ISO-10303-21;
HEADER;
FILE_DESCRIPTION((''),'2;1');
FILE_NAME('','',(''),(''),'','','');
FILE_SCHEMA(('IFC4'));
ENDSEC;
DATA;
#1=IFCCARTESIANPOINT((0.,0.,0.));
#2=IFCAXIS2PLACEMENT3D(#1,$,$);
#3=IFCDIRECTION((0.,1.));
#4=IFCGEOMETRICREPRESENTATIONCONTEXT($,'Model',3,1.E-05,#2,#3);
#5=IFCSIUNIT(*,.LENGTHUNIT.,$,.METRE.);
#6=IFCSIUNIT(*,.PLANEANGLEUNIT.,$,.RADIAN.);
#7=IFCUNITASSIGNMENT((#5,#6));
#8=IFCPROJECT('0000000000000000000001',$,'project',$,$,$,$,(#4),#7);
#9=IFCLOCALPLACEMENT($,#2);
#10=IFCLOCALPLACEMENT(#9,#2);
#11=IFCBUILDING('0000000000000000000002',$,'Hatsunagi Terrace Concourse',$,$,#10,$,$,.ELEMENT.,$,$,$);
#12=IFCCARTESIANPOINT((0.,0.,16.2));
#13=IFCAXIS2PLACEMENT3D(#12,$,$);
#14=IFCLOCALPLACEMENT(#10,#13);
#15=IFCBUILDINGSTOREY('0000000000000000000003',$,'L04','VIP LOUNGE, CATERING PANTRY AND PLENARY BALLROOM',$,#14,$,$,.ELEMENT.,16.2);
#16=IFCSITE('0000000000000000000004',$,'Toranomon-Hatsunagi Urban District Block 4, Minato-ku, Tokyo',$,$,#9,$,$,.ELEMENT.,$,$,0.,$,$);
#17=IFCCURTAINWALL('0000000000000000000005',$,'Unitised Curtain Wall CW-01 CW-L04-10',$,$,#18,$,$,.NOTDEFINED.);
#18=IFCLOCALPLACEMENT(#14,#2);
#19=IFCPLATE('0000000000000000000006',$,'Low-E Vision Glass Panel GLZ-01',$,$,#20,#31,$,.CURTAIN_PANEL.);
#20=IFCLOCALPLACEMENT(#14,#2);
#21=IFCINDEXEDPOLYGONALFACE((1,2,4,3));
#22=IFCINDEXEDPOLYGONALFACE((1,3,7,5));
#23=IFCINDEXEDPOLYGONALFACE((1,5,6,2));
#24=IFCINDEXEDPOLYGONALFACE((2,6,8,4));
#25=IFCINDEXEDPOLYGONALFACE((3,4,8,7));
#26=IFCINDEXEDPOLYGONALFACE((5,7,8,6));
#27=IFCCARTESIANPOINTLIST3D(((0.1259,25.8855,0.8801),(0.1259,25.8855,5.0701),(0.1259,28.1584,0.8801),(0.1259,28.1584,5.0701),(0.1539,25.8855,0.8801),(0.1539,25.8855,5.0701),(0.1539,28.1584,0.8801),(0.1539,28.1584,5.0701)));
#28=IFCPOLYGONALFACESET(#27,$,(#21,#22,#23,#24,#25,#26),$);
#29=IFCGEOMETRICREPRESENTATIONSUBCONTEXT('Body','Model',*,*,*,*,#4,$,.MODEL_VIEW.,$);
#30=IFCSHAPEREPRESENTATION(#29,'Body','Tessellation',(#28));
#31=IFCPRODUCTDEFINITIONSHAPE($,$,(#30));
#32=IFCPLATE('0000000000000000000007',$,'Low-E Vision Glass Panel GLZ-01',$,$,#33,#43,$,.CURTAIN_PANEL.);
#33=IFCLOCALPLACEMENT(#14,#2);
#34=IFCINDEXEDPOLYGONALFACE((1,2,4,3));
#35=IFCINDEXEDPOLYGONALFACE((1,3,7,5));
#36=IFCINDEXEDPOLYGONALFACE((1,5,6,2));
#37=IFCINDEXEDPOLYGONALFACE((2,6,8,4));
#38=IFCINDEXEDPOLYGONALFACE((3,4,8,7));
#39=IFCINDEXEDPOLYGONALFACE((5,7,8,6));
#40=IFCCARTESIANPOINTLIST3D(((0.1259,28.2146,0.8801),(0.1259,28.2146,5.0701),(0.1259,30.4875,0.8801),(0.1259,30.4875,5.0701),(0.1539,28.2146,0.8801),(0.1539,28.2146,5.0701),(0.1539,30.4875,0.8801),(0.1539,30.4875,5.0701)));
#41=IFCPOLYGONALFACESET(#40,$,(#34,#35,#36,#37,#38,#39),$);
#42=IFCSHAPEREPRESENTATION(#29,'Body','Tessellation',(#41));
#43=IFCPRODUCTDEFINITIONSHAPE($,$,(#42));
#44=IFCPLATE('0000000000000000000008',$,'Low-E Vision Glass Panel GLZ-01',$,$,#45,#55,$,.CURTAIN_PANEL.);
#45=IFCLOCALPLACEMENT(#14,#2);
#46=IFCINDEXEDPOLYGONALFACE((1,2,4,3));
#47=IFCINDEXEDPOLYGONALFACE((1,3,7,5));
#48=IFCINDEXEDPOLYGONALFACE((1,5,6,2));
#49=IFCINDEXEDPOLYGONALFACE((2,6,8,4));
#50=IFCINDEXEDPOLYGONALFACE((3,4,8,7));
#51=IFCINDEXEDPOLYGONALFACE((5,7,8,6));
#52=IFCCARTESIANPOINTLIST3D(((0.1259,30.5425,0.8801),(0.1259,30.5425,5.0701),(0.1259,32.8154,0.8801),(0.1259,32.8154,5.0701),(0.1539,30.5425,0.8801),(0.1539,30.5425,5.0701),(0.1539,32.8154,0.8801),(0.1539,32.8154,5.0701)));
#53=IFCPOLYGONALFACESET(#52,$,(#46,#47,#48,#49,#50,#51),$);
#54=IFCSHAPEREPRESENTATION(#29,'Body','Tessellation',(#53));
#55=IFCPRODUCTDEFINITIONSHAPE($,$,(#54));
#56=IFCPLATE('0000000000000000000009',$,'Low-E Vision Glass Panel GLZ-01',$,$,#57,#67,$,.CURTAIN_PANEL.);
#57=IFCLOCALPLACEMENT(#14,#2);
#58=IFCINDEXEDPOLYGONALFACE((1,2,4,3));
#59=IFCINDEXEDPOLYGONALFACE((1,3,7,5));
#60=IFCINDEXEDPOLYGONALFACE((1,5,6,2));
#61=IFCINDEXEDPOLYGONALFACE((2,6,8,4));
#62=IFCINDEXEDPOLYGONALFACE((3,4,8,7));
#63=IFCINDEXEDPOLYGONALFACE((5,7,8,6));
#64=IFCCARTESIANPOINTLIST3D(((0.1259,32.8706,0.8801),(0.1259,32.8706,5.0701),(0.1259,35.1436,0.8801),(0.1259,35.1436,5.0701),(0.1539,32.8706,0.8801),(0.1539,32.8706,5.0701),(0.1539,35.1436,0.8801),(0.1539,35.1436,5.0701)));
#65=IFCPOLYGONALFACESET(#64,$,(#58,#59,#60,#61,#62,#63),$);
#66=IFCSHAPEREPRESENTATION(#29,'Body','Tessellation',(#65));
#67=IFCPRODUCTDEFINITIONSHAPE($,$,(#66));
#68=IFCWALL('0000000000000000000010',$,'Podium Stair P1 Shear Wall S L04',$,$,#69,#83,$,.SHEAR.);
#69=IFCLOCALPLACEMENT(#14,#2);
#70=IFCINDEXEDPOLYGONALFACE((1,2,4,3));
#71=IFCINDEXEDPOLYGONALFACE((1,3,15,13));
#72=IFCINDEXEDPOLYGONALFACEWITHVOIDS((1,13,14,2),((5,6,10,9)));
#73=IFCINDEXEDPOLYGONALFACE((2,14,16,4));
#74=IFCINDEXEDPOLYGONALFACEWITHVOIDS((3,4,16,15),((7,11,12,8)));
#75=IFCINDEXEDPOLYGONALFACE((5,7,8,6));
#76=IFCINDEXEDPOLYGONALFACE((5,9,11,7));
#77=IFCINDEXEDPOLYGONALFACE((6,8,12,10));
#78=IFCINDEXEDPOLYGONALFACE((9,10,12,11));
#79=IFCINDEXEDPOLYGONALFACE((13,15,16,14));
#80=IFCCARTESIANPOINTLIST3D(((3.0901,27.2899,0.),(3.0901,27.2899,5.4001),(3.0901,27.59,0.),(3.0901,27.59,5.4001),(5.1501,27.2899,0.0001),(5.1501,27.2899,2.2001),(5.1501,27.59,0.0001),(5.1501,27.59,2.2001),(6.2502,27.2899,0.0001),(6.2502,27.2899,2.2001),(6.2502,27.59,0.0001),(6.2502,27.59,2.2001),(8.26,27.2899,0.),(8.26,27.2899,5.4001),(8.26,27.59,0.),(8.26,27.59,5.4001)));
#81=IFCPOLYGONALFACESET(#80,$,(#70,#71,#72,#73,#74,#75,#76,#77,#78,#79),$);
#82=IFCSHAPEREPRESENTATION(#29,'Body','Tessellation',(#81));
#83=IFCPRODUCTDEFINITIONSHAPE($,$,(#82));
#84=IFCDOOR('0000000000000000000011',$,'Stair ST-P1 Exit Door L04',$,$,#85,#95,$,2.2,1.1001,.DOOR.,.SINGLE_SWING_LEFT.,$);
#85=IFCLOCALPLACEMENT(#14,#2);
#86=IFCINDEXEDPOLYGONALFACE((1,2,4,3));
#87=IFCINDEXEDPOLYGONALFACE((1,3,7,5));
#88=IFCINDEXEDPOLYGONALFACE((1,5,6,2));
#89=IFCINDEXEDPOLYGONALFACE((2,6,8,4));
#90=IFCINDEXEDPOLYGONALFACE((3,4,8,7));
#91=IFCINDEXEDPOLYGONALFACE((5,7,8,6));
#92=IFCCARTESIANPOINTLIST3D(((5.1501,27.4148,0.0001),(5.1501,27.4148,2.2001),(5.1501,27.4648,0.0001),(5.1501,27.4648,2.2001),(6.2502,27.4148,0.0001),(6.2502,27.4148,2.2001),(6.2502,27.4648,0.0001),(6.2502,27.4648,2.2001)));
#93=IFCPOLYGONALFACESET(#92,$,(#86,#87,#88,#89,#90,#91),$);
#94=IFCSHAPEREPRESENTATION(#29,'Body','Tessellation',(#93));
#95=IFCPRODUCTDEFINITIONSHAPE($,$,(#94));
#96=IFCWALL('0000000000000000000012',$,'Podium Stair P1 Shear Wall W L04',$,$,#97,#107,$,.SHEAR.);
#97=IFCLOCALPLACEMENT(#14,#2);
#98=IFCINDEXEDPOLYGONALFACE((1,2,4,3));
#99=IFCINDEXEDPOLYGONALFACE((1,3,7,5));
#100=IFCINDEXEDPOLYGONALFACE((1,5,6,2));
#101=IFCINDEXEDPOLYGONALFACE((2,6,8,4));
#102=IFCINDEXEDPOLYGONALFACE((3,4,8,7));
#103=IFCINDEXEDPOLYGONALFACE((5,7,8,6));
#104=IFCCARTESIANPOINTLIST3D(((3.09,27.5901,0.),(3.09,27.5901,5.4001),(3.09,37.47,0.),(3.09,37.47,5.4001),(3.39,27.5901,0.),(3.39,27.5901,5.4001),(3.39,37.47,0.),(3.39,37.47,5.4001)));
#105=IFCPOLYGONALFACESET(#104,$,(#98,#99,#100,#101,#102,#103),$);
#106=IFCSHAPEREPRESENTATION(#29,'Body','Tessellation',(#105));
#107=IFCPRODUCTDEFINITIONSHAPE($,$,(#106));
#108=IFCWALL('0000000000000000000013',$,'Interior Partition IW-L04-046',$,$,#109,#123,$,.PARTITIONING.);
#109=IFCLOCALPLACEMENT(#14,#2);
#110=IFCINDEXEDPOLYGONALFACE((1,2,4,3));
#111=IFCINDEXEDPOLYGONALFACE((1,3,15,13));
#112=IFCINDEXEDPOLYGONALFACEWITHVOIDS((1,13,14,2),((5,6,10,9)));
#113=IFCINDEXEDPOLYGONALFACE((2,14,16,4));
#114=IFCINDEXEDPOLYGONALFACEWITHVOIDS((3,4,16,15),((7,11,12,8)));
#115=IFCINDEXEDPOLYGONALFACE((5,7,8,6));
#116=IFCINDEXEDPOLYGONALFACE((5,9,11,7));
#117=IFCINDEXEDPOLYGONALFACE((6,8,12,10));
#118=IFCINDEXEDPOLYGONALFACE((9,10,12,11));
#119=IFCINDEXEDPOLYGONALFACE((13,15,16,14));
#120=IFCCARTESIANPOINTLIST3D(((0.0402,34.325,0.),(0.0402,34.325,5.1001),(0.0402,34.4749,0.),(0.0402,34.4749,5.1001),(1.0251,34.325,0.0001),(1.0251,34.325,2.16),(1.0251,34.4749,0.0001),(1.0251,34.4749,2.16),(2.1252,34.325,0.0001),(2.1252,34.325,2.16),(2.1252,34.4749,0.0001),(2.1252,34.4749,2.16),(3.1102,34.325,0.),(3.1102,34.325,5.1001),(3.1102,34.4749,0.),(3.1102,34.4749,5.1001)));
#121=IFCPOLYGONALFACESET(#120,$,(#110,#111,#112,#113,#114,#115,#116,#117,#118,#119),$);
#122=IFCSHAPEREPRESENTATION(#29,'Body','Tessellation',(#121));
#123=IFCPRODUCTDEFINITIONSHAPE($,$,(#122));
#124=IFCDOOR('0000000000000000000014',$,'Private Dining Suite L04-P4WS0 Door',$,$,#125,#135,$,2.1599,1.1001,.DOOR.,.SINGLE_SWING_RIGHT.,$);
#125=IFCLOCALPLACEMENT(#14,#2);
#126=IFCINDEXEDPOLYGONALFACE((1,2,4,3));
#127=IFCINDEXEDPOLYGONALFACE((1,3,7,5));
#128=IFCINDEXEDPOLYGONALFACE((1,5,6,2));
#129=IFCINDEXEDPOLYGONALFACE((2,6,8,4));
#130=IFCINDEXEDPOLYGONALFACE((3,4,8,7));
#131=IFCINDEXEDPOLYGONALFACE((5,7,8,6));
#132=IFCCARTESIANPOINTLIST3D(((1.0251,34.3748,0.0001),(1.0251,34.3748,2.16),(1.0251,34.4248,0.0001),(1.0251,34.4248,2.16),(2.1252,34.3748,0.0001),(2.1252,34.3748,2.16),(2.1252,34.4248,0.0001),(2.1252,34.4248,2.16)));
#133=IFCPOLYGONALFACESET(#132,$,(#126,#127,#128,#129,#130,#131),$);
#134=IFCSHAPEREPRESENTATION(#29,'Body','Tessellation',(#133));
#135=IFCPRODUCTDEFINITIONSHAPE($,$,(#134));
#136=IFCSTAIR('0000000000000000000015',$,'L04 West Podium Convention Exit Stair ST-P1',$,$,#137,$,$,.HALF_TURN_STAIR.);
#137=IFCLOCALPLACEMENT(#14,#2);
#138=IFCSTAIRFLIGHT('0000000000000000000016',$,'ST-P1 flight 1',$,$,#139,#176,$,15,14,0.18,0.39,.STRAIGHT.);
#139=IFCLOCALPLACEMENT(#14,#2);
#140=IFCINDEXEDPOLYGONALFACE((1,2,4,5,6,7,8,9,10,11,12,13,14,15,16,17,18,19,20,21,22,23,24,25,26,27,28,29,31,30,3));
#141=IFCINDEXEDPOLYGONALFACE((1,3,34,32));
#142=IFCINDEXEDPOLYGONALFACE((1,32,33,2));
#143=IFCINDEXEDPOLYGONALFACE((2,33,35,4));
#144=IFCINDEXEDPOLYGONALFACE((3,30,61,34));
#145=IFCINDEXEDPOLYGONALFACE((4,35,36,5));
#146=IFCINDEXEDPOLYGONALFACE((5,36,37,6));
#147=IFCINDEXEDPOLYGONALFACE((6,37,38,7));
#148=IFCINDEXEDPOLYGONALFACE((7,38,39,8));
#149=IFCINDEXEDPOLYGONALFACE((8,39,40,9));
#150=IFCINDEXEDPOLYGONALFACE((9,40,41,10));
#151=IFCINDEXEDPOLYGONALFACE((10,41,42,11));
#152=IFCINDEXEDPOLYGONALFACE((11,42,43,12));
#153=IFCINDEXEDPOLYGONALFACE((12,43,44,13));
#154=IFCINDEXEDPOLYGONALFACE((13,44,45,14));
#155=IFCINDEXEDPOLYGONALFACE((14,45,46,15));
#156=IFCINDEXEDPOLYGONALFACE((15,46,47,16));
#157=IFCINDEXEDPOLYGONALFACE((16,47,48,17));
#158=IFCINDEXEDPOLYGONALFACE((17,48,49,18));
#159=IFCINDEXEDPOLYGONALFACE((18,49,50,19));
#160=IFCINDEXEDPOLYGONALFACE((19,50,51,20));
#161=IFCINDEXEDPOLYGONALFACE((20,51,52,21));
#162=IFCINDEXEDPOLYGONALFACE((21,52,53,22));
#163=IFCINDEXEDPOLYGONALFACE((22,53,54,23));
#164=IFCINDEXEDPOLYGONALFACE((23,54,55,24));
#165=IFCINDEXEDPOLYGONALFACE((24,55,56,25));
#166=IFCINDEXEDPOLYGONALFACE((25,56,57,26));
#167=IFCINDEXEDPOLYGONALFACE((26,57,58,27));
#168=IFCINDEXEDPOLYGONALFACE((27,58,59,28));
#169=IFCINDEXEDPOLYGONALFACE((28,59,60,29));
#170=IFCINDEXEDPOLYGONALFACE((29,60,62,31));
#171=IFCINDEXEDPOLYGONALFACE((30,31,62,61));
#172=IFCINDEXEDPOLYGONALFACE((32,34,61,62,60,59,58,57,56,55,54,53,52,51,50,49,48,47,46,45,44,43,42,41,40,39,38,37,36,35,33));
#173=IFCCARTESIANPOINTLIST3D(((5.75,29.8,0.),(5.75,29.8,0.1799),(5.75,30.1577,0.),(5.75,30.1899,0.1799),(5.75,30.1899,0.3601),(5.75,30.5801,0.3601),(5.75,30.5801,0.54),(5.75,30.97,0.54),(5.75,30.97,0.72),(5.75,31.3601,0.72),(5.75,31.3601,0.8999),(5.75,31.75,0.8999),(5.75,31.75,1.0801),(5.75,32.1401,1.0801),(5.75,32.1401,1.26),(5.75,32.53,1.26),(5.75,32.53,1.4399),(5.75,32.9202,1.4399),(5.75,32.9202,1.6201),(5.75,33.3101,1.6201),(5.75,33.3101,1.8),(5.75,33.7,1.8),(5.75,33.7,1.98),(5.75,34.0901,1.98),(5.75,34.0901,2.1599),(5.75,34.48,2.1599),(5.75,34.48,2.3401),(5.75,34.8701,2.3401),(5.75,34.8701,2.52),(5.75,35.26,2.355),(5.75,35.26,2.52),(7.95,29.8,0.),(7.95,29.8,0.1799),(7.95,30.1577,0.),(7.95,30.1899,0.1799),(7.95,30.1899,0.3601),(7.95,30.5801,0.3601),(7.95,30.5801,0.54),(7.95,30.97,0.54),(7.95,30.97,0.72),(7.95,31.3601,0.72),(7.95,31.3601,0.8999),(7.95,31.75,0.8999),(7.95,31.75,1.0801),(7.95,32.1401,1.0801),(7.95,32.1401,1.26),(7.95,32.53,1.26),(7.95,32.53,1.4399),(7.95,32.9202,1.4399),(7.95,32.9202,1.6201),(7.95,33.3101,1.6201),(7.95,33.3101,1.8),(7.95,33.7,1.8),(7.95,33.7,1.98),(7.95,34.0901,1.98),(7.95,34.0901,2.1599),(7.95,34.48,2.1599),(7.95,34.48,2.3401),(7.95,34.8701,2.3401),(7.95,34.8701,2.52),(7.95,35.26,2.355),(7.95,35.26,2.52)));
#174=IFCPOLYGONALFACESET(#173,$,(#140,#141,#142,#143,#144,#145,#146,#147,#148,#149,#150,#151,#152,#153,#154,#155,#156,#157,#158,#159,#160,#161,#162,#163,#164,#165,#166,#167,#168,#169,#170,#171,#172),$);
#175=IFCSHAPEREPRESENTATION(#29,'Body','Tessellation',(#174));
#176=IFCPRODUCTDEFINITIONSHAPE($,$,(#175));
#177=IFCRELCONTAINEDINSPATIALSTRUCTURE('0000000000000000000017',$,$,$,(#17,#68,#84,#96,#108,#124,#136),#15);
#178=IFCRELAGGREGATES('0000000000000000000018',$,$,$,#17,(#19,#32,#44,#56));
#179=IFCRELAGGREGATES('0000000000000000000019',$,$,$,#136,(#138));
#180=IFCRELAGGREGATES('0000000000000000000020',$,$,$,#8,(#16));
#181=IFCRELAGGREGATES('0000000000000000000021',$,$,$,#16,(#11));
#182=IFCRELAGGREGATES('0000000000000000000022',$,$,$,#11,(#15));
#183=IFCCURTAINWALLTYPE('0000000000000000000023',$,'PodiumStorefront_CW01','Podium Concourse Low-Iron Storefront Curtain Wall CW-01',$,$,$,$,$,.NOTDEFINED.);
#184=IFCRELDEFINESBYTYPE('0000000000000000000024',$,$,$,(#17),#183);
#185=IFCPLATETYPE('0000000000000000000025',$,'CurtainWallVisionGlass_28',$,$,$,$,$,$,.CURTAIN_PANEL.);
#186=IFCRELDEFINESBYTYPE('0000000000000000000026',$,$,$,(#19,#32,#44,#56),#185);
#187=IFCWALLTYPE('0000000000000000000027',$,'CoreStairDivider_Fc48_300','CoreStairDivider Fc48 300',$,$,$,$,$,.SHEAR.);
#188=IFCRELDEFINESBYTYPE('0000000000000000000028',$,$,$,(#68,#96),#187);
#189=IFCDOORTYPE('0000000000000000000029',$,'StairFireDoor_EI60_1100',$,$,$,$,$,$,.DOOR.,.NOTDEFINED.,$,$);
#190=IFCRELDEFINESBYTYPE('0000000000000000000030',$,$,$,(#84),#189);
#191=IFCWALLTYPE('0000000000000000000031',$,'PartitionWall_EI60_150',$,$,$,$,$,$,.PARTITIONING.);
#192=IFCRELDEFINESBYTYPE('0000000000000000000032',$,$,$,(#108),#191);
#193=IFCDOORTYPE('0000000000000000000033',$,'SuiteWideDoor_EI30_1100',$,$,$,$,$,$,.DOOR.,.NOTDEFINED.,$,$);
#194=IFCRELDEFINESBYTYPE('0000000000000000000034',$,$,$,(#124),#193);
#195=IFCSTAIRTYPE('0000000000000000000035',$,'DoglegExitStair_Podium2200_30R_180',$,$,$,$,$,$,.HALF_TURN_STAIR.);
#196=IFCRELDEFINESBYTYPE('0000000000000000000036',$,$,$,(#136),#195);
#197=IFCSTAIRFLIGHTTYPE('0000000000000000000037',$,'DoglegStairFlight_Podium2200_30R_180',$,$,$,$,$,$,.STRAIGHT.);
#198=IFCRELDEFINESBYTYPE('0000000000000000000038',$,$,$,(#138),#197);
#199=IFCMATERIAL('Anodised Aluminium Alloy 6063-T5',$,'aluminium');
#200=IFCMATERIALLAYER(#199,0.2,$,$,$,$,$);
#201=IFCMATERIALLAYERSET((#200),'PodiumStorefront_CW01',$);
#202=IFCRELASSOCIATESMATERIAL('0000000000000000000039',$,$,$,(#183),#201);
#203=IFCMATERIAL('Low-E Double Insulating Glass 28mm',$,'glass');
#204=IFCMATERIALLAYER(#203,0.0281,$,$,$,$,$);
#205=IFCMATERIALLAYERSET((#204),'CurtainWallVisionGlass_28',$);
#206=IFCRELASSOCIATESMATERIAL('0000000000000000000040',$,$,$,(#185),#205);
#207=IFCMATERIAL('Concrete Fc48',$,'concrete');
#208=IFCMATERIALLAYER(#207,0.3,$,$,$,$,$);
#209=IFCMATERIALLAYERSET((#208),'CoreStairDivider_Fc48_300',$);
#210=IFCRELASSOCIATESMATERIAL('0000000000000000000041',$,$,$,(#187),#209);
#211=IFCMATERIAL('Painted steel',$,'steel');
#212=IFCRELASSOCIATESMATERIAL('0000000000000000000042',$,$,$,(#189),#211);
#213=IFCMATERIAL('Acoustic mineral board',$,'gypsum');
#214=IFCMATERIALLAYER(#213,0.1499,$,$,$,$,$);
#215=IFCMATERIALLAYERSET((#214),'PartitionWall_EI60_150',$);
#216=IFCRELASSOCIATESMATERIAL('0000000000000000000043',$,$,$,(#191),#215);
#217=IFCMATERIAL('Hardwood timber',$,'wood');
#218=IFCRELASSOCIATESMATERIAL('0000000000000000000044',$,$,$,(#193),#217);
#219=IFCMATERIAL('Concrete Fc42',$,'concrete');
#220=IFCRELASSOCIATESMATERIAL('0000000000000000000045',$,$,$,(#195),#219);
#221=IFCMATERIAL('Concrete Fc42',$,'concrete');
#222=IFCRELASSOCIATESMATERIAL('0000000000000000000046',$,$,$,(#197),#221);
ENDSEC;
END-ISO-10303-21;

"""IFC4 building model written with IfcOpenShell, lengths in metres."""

from ifc_helpers import new_model, si_unit, direction, frame, frame_2d, origin, origin_2d, place, context, subcontext, project, spatial, polyline, rectangle, outline, extrude, material, layer, layer_set, type_object, element, fill, aggregate, save


model = new_model("IFC4")

# Units and contexts
model_context = context("Model", 3, precision=1e-05, world=origin(), true_north=direction((0.0, 1.0)))
body_context = subcontext(model_context, "Body", "Model", "MODEL_VIEW")
ifc_project = project(units=[si_unit("LENGTHUNIT", "METRE"), si_unit("PLANEANGLEUNIT", "RADIAN")], contexts=[model_context])

# Site, building, storey
site_placement = place(None, origin())
site = spatial("IfcSite", under=ifc_project, at=site_placement, Name="Toranomon-Hatsunagi Urban District Block 4, Minato-ku, Tokyo", CompositionType="ELEMENT", RefElevation=0.0)
building_placement = place(site_placement, origin())
building = spatial("IfcBuilding", under=site, at=building_placement, Name="Hatsunagi Terrace Concourse", CompositionType="ELEMENT")
storey_placement = place(building_placement, frame((0.0, 0.0, 16.2)))
storey = spatial("IfcBuildingStorey", under=building, at=storey_placement, Name="L04", Description="VIP LOUNGE, CATERING PANTRY AND PLENARY BALLROOM", CompositionType="ELEMENT", Elevation=16.2)

# Curtain wall, plates
ifc_material_1 = material(Name="Anodised Aluminium Alloy 6063-T5", Category="aluminium")
ifc_layer_1 = layer(ifc_material_1, 0.2)
ifc_layer_set_1 = layer_set([ifc_layer_1], Name="PodiumStorefront_CW01")
curtain_wall_type = type_object("IfcCurtainWallType", Name="PodiumStorefront_CW01", Description="Podium Concourse Low-Iron Storefront Curtain Wall CW-01", PredefinedType="NOTDEFINED", material=ifc_layer_set_1)
curtain_wall_placement = place(storey_placement, origin())
curtain_wall = element("IfcCurtainWall", 1, at=curtain_wall_placement, inside=storey, type_object=curtain_wall_type, Name="Unitised Curtain Wall CW-01 CW-L04-10", PredefinedType="NOTDEFINED")
ifc_material_2 = material(Name="Low-E Double Insulating Glass 28mm", Category="glass")
ifc_layer_2 = layer(ifc_material_2, 0.0281)
ifc_layer_set_2 = layer_set([ifc_layer_2], Name="CurtainWallVisionGlass_28")
plate_type_1 = type_object("IfcPlateType", Name="CurtainWallVisionGlass_28", PredefinedType="CURTAIN_PANEL", material=ifc_layer_set_2)
plate_1_placement = place(storey_placement, frame((0.1399, 27.022, 0.8801), z_axis=(0.0, 0.0, 1.0), x_axis=(0.0, 1.0, 0.0)))
plate_1 = element("IfcPlate", 2, at=plate_1_placement, type_object=plate_type_1, Name="Low-E Vision Glass Panel GLZ-01", PredefinedType="CURTAIN_PANEL", context=body_context, shape_type="SweptSolid", body=[
    extrude(rectangle(XDim=2.2729, YDim=0.0281, at=origin_2d()), origin(), (0.0, 0.0, 1.0), 4.1899),
])
plate_2_placement = place(storey_placement, frame((0.1399, 29.3511, 0.8801), z_axis=(0.0, 0.0, 1.0), x_axis=(0.0, 1.0, 0.0)))
plate_2 = element("IfcPlate", 3, at=plate_2_placement, type_object=plate_type_1, Name="Low-E Vision Glass Panel GLZ-01", PredefinedType="CURTAIN_PANEL", context=body_context, shape_type="SweptSolid", body=[
    extrude(rectangle(XDim=2.2729, YDim=0.0281, at=origin_2d()), origin(), (0.0, 0.0, 1.0), 4.1899),
])
plate_3_placement = place(storey_placement, frame((0.1399, 31.679, 0.8801), z_axis=(0.0, 0.0, 1.0), x_axis=(0.0, 1.0, 0.0)))
plate_3 = element("IfcPlate", 4, at=plate_3_placement, type_object=plate_type_1, Name="Low-E Vision Glass Panel GLZ-01", PredefinedType="CURTAIN_PANEL", context=body_context, shape_type="SweptSolid", body=[
    extrude(rectangle(XDim=2.2729, YDim=0.0281, at=origin_2d()), origin(), (0.0, 0.0, 1.0), 4.1899),
])
plate_4_placement = place(storey_placement, frame((0.1399, 34.0071, 0.8801), z_axis=(0.0, 0.0, 1.0), x_axis=(0.0, 1.0, 0.0)))
plate_4 = element("IfcPlate", 5, at=plate_4_placement, type_object=plate_type_1, Name="Low-E Vision Glass Panel GLZ-01", PredefinedType="CURTAIN_PANEL", context=body_context, shape_type="SweptSolid", body=[
    extrude(rectangle(XDim=2.2729, YDim=0.0281, at=origin_2d()), origin(), (0.0, 0.0, 1.0), 4.1899),
])
aggregate(curtain_wall, [plate_1, plate_2, plate_3, plate_4])

# Wall, opening, door
ifc_material_3 = material(Name="Concrete Fc48", Category="concrete")
ifc_layer_3 = layer(ifc_material_3, 0.3)
ifc_layer_set_3 = layer_set([ifc_layer_3], Name="CoreStairDivider_Fc48_300")
wall_type_1 = type_object("IfcWallType", Name="CoreStairDivider_Fc48_300", Description="CoreStairDivider Fc48 300", PredefinedType="SHEAR", material=ifc_layer_set_3)
wall_1_placement = place(storey_placement, frame((3.0901, 27.4399, 0.0), z_axis=(0.0, 0.0, 1.0), x_axis=(1.0, 0.0, 0.0)))
wall_1 = element("IfcWall", 6, at=wall_1_placement, inside=storey, type_object=wall_type_1, Name="Podium Stair P1 Shear Wall S L04", PredefinedType="SHEAR", context=body_context, shape_type="SweptSolid", body=[
    extrude(rectangle(XDim=5.1699, YDim=0.3, at=frame_2d((2.585, 0.0))), origin(), (0.0, 0.0, 1.0), 5.4001),
])
opening_1_placement = place(wall_1_placement, frame((2.0601, 0.0, 0.0)))
opening_1 = element("IfcOpeningElement", 7, at=opening_1_placement, cuts=wall_1, PredefinedType="OPENING", context=body_context, shape_type="SweptSolid", body=[
    extrude(rectangle(XDim=1.1001, YDim=2.2, at=frame_2d((0.55, 1.1001))), frame((0.0, 0.1599, 0.0), z_axis=(0.0, -1.0, 0.0), x_axis=(1.0, 0.0, 0.0)), (0.0, 0.0, 1.0), 0.3201),
])
ifc_material_4 = material(Name="Painted steel", Category="steel")
door_type_1 = type_object("IfcDoorType", Name="StairFireDoor_EI60_1100", OperationType="NOTDEFINED", PredefinedType="DOOR", material=ifc_material_4)
door_1_placement = place(opening_1_placement, origin())
door_1 = element("IfcDoor", 8, at=door_1_placement, inside=storey, type_object=door_type_1, Name="Stair ST-P1 Exit Door L04", OperationType="SINGLE_SWING_LEFT", OverallHeight=2.2, OverallWidth=1.1001, PredefinedType="DOOR", context=body_context, shape_type="SweptSolid", body=[
    extrude(rectangle(XDim=1.1001, YDim=2.2, at=frame_2d((0.55, 1.1001))), frame((0.0, 0.0249, 0.0), z_axis=(0.0, -1.0, 0.0), x_axis=(1.0, 0.0, 0.0)), (0.0, 0.0, 1.0), 0.05),
])
fill(opening_1, door_1)

# Wall
wall_2_placement = place(storey_placement, frame((3.24, 27.5901, 0.0), z_axis=(0.0, 0.0, 1.0), x_axis=(0.0, 1.0, 0.0)))
element("IfcWall", 9, at=wall_2_placement, inside=storey, type_object=wall_type_1, Name="Podium Stair P1 Shear Wall W L04", PredefinedType="SHEAR", context=body_context, shape_type="SweptSolid", body=[
    extrude(rectangle(XDim=9.8799, YDim=0.3, at=frame_2d((4.9399, 0.0))), origin(), (0.0, 0.0, 1.0), 5.4001),
])

# Wall, opening, door
ifc_material_5 = material(Name="Acoustic mineral board", Category="gypsum")
ifc_layer_4 = layer(ifc_material_5, 0.1499)
ifc_layer_set_4 = layer_set([ifc_layer_4], Name="PartitionWall_EI60_150")
wall_type_2 = type_object("IfcWallType", Name="PartitionWall_EI60_150", PredefinedType="PARTITIONING", material=ifc_layer_set_4)
wall_3_placement = place(storey_placement, frame((0.04, 34.3999, 0.0), z_axis=(0.0, 0.0, 1.0), x_axis=(1.0, 0.0, 0.0)))
wall_3 = element("IfcWall", 10, at=wall_3_placement, inside=storey, type_object=wall_type_2, Name="Interior Partition IW-L04-046", PredefinedType="PARTITIONING", context=body_context, shape_type="SweptSolid", body=[
    extrude(rectangle(XDim=3.0701, YDim=0.1499, at=frame_2d((1.5352, 0.0))), origin(), (0.0, 0.0, 1.0), 5.1001),
])
opening_2_placement = place(wall_3_placement, frame((0.9851, 0.0, 0.0)))
opening_2 = element("IfcOpeningElement", 11, at=opening_2_placement, cuts=wall_3, PredefinedType="OPENING", context=body_context, shape_type="SweptSolid", body=[
    extrude(rectangle(XDim=1.1001, YDim=2.1599, at=frame_2d((0.55, 1.0801))), frame((0.0, 0.085, 0.0), z_axis=(0.0, -1.0, 0.0), x_axis=(1.0, 0.0, 0.0)), (0.0, 0.0, 1.0), 0.1699),
])
ifc_material_6 = material(Name="Hardwood timber", Category="wood")
door_type_2 = type_object("IfcDoorType", Name="SuiteWideDoor_EI30_1100", OperationType="NOTDEFINED", PredefinedType="DOOR", material=ifc_material_6)
door_2_placement = place(opening_2_placement, origin())
door_2 = element("IfcDoor", 12, at=door_2_placement, inside=storey, type_object=door_type_2, Name="Private Dining Suite L04-P4WS0 Door", OperationType="SINGLE_SWING_RIGHT", OverallHeight=2.1599, OverallWidth=1.1001, PredefinedType="DOOR", context=body_context, shape_type="SweptSolid", body=[
    extrude(rectangle(XDim=1.1001, YDim=2.1599, at=frame_2d((0.55, 1.0801))), frame((0.0, 0.0249, 0.0), z_axis=(0.0, -1.0, 0.0), x_axis=(1.0, 0.0, 0.0)), (0.0, 0.0, 1.0), 0.05),
])
fill(opening_2, door_2)

# Stair, stair flight
ifc_material_7 = material(Name="Concrete Fc42", Category="concrete")
stair_type = type_object("IfcStairType", Name="DoglegExitStair_Podium2200_30R_180", PredefinedType="HALF_TURN_STAIR", material=ifc_material_7)
stair_placement = place(storey_placement, origin())
stair = element("IfcStair", 13, at=stair_placement, inside=storey, type_object=stair_type, Name="L04 West Podium Convention Exit Stair ST-P1", PredefinedType="HALF_TURN_STAIR")
ifc_material_8 = material(Name="Concrete Fc42", Category="concrete")
stair_flight_type = type_object("IfcStairFlightType", Name="DoglegStairFlight_Podium2200_30R_180", PredefinedType="STRAIGHT", material=ifc_material_8)
stair_flight_1_placement = place(storey_placement, frame((6.8501, 29.8, 0.0), z_axis=(0.0, 0.0, 1.0), x_axis=(0.0, 1.0, 0.0)))
stair_flight_1 = element("IfcStairFlight", 14, at=stair_flight_1_placement, type_object=stair_flight_type, Name="ST-P1 flight 1", NumberOfRisers=15, NumberOfTreads=14, PredefinedType="STRAIGHT", RiserHeight=0.18, TreadLength=0.39, context=body_context, shape_type="SweptSolid", body=[
    extrude(outline(polyline([(0.0, 0.0), (0.0, 0.1799), (0.3899, 0.1799), (0.3899, 0.3601), (0.78, 0.3601), (0.78, 0.54), (1.1699, 0.54), (1.1699, 0.72), (1.5601, 0.72), (1.5601, 0.8999), (1.95, 0.8999), (1.95, 1.0801), (2.3401, 1.0801), (2.3401, 1.26), (2.73, 1.26), (2.73, 1.4399), (3.1201, 1.4399), (3.1201, 1.6201), (3.51, 1.6201), (3.51, 1.8), (3.8999, 1.8), (3.8999, 1.98), (4.29, 1.98), (4.29, 2.1599), (4.6799, 2.1599), (4.6799, 2.3401), (5.0701, 2.3401), (5.0701, 2.52), (5.46, 2.52), (5.46, 2.7), (5.46, 2.355), (0.3577, 0.0), (0.0, 0.0)])), frame((0.0, 1.1001, 0.0), z_axis=(0.0, -1.0, 0.0), x_axis=(1.0, 0.0, 0.0)), (0.0, 0.0, 1.0), 2.2),
])
aggregate(stair, [stair_flight_1])

save(model, "model.ifc")
